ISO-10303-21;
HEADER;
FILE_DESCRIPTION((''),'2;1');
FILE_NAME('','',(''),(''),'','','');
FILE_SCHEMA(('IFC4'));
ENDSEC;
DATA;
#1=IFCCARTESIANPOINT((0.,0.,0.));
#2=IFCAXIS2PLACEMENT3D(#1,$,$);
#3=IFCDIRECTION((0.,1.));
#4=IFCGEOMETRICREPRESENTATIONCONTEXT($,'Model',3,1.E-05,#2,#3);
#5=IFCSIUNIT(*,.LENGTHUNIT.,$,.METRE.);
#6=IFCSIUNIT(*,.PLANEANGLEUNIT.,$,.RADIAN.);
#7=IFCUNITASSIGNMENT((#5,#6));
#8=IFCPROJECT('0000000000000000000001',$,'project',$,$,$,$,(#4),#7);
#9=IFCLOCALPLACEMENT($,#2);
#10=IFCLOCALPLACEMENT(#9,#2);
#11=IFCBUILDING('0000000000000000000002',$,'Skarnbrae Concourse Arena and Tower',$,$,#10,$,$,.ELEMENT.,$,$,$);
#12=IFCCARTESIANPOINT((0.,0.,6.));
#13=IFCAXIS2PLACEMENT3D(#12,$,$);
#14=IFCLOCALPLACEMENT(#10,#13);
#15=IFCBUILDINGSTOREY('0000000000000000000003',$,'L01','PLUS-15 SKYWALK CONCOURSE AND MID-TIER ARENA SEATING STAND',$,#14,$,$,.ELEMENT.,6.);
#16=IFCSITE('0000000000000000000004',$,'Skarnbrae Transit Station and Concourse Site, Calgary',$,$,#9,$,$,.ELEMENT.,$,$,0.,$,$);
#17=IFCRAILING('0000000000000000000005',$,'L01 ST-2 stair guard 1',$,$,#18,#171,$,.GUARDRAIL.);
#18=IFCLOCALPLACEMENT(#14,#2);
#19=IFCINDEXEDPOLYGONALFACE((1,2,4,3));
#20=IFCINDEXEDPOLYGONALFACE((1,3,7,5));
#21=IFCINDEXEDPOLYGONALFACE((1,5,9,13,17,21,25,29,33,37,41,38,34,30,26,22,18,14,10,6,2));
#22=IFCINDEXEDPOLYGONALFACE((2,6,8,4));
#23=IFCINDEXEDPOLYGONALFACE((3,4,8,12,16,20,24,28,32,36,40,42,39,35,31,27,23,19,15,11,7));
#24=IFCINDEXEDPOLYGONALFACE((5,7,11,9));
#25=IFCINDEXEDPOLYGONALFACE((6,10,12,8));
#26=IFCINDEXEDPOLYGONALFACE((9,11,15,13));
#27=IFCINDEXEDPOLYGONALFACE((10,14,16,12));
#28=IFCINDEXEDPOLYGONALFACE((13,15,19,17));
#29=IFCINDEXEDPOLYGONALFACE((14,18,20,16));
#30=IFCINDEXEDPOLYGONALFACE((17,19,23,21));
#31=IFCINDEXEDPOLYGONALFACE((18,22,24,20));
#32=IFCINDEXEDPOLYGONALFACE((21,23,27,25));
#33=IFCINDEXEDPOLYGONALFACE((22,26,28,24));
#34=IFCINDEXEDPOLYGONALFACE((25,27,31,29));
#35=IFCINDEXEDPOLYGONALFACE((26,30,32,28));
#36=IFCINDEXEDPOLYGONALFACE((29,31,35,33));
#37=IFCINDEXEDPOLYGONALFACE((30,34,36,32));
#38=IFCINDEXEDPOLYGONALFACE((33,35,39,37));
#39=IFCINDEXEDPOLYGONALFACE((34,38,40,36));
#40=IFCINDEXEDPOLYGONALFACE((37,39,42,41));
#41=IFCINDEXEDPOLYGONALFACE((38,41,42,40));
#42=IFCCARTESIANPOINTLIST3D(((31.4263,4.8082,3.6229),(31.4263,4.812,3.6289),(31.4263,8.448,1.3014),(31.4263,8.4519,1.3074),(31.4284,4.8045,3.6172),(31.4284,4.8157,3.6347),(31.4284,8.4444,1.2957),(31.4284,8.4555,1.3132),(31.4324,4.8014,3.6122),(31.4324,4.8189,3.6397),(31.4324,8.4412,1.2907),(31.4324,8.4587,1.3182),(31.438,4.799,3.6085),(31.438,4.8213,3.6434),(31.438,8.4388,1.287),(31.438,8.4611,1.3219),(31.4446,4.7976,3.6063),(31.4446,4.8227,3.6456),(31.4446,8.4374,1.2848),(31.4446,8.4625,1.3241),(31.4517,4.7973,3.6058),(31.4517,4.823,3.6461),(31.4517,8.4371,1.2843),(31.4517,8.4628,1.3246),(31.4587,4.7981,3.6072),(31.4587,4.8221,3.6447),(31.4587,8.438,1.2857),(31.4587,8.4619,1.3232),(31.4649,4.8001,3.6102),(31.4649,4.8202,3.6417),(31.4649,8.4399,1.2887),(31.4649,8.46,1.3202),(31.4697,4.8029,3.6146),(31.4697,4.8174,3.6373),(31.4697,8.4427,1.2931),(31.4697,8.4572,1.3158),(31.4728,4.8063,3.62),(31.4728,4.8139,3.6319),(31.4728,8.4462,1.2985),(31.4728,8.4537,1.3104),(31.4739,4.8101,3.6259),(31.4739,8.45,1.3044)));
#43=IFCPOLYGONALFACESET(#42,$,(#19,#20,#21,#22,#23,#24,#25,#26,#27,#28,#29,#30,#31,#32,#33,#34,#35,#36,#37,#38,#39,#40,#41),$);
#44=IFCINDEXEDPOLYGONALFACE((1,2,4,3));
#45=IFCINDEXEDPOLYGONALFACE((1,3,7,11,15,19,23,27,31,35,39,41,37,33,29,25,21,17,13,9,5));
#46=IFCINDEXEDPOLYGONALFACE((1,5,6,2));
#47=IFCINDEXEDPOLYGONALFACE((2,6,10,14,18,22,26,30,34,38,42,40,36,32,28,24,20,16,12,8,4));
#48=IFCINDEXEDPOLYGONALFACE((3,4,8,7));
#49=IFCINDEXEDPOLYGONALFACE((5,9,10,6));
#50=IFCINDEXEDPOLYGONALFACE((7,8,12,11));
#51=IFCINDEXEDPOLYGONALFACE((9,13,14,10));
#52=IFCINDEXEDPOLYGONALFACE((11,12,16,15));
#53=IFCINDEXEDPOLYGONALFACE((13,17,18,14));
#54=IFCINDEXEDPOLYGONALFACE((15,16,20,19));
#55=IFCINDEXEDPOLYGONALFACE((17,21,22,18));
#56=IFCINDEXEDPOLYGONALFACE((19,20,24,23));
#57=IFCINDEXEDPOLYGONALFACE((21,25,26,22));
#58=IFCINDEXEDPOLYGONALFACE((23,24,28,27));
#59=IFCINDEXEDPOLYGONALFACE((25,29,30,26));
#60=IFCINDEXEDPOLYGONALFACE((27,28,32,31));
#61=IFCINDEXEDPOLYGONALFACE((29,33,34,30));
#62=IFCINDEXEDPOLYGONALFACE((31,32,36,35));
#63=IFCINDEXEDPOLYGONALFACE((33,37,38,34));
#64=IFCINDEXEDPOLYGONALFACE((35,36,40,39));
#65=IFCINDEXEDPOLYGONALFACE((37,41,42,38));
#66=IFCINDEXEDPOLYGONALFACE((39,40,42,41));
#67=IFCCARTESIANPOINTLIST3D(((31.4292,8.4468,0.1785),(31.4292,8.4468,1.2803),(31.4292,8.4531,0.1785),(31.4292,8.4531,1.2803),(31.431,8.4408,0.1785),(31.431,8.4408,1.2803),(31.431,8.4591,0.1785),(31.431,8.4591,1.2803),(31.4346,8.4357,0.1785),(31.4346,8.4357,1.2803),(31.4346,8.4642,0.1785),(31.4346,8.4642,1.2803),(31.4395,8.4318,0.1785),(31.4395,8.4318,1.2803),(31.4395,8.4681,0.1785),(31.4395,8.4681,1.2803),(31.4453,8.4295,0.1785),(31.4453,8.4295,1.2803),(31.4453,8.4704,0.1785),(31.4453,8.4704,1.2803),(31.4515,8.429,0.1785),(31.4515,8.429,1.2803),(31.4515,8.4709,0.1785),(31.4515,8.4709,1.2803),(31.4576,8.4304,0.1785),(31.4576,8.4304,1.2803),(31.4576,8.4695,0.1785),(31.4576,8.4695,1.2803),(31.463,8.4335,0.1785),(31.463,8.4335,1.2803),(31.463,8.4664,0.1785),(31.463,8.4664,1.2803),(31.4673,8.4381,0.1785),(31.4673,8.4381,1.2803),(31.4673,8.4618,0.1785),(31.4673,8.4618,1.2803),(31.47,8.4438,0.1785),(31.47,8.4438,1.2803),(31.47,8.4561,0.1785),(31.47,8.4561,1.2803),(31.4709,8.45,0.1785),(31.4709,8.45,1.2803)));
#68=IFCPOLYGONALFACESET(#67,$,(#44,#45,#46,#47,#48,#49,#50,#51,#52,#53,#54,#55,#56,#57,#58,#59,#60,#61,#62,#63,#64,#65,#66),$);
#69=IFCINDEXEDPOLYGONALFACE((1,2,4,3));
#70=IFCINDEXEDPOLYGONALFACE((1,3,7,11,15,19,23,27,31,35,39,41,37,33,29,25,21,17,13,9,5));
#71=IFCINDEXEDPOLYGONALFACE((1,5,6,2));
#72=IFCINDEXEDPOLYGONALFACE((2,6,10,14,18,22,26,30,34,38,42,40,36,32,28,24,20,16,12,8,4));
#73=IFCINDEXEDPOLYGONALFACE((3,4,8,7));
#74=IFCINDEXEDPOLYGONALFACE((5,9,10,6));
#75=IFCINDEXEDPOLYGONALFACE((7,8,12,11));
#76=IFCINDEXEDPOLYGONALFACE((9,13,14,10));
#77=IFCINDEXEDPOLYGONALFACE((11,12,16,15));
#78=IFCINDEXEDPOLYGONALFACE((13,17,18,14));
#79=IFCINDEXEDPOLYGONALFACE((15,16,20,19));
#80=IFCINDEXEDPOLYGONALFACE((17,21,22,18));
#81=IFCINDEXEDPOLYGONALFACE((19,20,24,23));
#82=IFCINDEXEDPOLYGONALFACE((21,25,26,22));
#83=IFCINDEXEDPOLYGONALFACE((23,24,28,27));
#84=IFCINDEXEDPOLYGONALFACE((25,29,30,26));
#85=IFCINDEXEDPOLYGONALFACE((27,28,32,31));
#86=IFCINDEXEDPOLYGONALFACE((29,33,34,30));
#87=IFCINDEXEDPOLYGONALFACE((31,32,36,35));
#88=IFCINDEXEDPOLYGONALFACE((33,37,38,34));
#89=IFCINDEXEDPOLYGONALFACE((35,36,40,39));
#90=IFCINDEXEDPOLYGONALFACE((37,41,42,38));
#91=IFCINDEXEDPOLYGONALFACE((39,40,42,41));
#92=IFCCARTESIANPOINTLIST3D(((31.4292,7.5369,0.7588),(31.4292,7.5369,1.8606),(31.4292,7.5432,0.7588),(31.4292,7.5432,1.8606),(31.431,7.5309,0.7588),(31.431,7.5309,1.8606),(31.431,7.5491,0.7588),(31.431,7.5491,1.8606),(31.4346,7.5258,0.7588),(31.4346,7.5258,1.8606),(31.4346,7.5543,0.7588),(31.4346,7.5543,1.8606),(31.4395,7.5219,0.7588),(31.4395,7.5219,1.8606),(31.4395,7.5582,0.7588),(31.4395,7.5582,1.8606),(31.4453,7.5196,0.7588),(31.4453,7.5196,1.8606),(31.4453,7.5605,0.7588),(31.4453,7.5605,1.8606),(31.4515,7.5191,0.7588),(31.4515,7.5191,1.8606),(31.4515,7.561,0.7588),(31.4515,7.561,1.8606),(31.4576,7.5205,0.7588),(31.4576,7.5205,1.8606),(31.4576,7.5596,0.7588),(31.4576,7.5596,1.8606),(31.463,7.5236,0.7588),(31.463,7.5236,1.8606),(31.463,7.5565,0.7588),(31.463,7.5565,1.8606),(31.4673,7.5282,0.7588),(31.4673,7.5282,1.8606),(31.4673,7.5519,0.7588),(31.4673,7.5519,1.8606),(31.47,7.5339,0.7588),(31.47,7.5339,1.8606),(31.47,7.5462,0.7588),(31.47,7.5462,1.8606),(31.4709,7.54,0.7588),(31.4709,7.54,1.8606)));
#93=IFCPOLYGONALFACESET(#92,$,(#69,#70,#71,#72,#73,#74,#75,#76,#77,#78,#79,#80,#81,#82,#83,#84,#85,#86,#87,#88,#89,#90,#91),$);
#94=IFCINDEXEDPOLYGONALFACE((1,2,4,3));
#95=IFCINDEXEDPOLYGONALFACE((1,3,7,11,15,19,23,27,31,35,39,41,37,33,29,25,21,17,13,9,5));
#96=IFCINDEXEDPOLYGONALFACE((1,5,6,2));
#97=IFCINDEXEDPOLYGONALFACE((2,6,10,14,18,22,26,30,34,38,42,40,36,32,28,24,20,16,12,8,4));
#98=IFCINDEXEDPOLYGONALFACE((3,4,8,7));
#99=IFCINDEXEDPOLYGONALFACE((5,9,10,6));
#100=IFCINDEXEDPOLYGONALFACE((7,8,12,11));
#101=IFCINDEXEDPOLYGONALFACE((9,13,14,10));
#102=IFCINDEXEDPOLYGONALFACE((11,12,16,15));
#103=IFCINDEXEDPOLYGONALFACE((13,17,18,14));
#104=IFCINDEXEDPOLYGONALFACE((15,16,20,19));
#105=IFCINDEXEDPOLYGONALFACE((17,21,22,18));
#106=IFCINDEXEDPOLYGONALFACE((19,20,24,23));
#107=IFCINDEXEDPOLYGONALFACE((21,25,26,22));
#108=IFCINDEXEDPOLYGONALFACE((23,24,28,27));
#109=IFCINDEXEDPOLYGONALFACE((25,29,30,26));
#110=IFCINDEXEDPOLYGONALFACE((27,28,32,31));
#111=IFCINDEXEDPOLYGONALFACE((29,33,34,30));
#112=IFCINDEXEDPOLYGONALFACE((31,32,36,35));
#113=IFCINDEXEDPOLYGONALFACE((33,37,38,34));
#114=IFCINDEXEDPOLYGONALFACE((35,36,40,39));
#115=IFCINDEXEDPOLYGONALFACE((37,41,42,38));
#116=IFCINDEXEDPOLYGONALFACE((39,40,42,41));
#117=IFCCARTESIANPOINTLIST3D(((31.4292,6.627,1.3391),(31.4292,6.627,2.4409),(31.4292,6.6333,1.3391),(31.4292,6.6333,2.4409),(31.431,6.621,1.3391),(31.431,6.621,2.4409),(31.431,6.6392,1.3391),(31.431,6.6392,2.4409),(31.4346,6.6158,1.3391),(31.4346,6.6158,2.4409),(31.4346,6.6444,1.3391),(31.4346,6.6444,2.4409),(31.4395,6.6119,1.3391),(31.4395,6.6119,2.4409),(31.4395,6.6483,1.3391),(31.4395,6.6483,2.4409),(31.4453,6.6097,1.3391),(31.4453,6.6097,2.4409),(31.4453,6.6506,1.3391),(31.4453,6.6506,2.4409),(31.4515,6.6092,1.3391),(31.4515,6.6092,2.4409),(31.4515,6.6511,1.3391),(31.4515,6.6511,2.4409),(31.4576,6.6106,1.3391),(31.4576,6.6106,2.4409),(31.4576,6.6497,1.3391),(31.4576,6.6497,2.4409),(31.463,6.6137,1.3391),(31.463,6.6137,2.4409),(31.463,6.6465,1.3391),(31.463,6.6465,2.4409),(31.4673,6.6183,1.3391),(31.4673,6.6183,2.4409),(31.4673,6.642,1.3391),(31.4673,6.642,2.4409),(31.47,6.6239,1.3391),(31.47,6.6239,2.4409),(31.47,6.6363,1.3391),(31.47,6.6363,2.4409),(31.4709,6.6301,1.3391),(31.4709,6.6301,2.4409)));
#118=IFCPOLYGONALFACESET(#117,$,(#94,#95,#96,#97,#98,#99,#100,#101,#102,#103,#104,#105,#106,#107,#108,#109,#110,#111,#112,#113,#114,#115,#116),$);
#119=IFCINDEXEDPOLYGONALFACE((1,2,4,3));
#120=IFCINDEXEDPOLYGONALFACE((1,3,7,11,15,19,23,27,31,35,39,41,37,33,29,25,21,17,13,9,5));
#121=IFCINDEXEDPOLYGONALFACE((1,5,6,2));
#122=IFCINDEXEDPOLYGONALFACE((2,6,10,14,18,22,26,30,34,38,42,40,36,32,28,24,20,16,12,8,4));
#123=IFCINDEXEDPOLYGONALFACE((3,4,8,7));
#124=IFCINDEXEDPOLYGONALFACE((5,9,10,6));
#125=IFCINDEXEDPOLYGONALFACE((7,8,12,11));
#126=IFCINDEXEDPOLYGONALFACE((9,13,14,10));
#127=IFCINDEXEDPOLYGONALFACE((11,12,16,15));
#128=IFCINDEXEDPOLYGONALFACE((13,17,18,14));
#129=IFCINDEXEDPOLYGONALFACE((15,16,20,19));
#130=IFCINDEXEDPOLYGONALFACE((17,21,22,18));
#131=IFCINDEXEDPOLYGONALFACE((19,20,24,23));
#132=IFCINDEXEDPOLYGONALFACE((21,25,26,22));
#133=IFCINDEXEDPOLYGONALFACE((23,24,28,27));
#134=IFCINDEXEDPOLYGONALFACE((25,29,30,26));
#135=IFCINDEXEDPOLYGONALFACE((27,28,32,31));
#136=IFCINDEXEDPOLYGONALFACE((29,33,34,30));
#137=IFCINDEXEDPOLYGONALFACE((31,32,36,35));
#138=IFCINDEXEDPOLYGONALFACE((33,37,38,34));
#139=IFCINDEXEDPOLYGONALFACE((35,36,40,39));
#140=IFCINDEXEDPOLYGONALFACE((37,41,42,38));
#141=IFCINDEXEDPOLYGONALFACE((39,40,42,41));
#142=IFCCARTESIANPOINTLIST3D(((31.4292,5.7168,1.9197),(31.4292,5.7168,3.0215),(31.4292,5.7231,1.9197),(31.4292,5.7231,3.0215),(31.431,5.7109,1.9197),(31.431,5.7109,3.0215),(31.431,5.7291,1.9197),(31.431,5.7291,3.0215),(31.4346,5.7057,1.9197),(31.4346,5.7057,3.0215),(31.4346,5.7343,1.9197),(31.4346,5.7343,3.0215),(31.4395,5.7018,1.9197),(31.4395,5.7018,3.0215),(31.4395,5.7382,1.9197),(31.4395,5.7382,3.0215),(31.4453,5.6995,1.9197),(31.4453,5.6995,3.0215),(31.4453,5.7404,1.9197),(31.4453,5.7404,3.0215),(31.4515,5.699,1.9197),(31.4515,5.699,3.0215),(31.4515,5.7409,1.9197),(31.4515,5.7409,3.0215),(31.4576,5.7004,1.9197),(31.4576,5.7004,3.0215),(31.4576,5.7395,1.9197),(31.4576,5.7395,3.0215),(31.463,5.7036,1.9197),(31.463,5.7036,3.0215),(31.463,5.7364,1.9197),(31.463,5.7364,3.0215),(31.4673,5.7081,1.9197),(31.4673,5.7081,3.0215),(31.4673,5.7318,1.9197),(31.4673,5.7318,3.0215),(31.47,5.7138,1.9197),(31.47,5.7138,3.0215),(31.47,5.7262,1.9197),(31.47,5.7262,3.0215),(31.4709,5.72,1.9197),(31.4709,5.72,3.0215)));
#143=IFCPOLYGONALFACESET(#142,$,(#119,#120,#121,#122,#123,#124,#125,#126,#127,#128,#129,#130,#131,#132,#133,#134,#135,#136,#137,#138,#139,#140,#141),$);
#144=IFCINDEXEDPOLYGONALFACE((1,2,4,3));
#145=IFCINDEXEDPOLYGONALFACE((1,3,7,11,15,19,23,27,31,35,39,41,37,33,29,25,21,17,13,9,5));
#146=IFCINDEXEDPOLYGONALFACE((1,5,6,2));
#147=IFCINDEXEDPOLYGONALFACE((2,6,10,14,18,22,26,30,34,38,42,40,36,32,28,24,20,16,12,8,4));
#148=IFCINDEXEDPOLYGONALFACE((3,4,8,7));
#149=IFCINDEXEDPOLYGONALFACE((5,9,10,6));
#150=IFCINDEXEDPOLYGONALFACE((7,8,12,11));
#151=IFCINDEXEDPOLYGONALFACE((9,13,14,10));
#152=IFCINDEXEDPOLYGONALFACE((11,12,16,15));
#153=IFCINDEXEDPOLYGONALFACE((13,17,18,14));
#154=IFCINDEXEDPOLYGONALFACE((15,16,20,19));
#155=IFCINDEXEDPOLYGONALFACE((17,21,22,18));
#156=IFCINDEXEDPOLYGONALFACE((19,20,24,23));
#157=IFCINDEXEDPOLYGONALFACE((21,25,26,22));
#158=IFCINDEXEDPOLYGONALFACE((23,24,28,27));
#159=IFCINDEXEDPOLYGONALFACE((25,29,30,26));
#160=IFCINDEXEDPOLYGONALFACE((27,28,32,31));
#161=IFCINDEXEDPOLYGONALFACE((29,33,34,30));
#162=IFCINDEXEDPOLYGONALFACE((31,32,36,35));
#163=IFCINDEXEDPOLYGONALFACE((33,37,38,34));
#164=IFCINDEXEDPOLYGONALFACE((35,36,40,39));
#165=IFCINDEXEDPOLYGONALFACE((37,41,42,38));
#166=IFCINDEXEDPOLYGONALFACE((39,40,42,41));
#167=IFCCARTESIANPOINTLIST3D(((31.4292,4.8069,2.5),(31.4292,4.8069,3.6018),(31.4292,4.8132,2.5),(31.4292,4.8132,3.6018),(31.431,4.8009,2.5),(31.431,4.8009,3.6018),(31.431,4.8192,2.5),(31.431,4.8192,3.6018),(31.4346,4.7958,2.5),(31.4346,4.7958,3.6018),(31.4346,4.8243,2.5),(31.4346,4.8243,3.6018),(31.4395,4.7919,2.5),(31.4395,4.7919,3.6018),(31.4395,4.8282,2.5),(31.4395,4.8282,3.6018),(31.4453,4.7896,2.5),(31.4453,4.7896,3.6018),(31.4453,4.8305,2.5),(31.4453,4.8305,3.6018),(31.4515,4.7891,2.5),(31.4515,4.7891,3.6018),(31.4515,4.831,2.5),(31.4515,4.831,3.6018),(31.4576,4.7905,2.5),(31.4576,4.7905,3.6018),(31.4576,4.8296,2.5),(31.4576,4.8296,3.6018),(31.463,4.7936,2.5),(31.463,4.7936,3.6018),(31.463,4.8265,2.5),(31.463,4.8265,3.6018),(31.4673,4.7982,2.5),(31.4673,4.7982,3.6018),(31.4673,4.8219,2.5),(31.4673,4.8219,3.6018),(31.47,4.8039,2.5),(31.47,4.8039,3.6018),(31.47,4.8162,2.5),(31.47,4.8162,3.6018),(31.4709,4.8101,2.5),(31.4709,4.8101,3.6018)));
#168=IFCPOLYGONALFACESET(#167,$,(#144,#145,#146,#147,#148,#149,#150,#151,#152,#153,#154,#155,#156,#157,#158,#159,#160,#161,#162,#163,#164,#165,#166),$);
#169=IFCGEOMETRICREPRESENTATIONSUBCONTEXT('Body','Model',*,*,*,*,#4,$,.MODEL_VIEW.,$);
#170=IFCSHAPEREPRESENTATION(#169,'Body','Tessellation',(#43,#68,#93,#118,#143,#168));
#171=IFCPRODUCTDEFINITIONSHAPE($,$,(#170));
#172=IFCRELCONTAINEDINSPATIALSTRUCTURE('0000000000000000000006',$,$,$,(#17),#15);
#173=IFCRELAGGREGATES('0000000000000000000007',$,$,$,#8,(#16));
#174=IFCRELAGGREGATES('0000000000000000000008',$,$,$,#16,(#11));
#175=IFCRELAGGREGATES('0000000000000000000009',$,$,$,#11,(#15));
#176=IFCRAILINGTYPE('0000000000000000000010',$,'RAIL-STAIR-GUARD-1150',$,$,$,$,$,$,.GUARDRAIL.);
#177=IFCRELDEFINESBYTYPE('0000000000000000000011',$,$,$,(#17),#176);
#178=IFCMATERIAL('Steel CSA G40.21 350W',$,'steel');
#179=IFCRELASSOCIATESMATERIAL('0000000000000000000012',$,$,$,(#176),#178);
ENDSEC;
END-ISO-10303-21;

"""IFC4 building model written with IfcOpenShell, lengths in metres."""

from ifc_helpers import new_model, si_unit, direction, frame, origin, origin_2d, place, context, subcontext, project, spatial, circle, extrude, material, type_object, element, save


model = new_model("IFC4")

# Units and contexts
model_context = context("Model", 3, precision=1e-05, world=origin(), true_north=direction((0.0, 1.0)))
body_context = subcontext(model_context, "Body", "Model", "MODEL_VIEW")
ifc_project = project(units=[si_unit("LENGTHUNIT", "METRE"), si_unit("PLANEANGLEUNIT", "RADIAN")], contexts=[model_context])

# Site, building, storey
site_placement = place(None, origin())
site = spatial("IfcSite", under=ifc_project, at=site_placement, Name="Skarnbrae Transit Station and Concourse Site, Calgary", CompositionType="ELEMENT", RefElevation=0.0)
building_placement = place(site_placement, origin())
building = spatial("IfcBuilding", under=site, at=building_placement, Name="Skarnbrae Concourse Arena and Tower", CompositionType="ELEMENT")
storey_placement = place(building_placement, frame((0.0, 0.0, 6.0)))
storey = spatial("IfcBuildingStorey", under=building, at=storey_placement, Name="L01", Description="PLUS-15 SKYWALK CONCOURSE AND MID-TIER ARENA SEATING STAND", CompositionType="ELEMENT", Elevation=6.0)

# Shared definitions
ifc_material_1 = material(Name="Steel CSA G40.21 350W", Category="steel")

# Railing
railing_type_1 = type_object("IfcRailingType", Name="RAIL-STAIR-GUARD-1150", PredefinedType="GUARDRAIL", material=ifc_material_1)
railing_1_placement = place(storey_placement, frame((31.45, 8.45, 0.1785)))
element("IfcRailing", 1, at=railing_1_placement, inside=storey, type_object=railing_type_1, Name="L01 ST-2 stair guard 1", PredefinedType="GUARDRAIL", context=body_context, shape_type="SweptSolid", body=[
    extrude(circle(Radius=0.0239, at=origin_2d()), frame((0.0, 0.0, 1.126), z_axis=(0.0, -0.843112, 0.537739), x_axis=(1.0, 0.0, 0.0)), (0.0, 0.0, 1.0), 4.3171),
    extrude(circle(Radius=0.021, at=origin_2d()), origin(), (0.0, 0.0, 1.0), 1.1018),
    extrude(circle(Radius=0.021, at=origin_2d()), frame((0.0, -0.9099, 0.5803)), (0.0, 0.0, 1.0), 1.1018),
    extrude(circle(Radius=0.021, at=origin_2d()), frame((0.0, -1.8198, 1.1606)), (0.0, 0.0, 1.0), 1.1018),
    extrude(circle(Radius=0.021, at=origin_2d()), frame((0.0, -2.73, 1.7412)), (0.0, 0.0, 1.0), 1.1018),
    extrude(circle(Radius=0.021, at=origin_2d()), frame((0.0, -3.6399, 2.3215)), (0.0, 0.0, 1.0), 1.1018),
])

save(model, "model.ifc")
